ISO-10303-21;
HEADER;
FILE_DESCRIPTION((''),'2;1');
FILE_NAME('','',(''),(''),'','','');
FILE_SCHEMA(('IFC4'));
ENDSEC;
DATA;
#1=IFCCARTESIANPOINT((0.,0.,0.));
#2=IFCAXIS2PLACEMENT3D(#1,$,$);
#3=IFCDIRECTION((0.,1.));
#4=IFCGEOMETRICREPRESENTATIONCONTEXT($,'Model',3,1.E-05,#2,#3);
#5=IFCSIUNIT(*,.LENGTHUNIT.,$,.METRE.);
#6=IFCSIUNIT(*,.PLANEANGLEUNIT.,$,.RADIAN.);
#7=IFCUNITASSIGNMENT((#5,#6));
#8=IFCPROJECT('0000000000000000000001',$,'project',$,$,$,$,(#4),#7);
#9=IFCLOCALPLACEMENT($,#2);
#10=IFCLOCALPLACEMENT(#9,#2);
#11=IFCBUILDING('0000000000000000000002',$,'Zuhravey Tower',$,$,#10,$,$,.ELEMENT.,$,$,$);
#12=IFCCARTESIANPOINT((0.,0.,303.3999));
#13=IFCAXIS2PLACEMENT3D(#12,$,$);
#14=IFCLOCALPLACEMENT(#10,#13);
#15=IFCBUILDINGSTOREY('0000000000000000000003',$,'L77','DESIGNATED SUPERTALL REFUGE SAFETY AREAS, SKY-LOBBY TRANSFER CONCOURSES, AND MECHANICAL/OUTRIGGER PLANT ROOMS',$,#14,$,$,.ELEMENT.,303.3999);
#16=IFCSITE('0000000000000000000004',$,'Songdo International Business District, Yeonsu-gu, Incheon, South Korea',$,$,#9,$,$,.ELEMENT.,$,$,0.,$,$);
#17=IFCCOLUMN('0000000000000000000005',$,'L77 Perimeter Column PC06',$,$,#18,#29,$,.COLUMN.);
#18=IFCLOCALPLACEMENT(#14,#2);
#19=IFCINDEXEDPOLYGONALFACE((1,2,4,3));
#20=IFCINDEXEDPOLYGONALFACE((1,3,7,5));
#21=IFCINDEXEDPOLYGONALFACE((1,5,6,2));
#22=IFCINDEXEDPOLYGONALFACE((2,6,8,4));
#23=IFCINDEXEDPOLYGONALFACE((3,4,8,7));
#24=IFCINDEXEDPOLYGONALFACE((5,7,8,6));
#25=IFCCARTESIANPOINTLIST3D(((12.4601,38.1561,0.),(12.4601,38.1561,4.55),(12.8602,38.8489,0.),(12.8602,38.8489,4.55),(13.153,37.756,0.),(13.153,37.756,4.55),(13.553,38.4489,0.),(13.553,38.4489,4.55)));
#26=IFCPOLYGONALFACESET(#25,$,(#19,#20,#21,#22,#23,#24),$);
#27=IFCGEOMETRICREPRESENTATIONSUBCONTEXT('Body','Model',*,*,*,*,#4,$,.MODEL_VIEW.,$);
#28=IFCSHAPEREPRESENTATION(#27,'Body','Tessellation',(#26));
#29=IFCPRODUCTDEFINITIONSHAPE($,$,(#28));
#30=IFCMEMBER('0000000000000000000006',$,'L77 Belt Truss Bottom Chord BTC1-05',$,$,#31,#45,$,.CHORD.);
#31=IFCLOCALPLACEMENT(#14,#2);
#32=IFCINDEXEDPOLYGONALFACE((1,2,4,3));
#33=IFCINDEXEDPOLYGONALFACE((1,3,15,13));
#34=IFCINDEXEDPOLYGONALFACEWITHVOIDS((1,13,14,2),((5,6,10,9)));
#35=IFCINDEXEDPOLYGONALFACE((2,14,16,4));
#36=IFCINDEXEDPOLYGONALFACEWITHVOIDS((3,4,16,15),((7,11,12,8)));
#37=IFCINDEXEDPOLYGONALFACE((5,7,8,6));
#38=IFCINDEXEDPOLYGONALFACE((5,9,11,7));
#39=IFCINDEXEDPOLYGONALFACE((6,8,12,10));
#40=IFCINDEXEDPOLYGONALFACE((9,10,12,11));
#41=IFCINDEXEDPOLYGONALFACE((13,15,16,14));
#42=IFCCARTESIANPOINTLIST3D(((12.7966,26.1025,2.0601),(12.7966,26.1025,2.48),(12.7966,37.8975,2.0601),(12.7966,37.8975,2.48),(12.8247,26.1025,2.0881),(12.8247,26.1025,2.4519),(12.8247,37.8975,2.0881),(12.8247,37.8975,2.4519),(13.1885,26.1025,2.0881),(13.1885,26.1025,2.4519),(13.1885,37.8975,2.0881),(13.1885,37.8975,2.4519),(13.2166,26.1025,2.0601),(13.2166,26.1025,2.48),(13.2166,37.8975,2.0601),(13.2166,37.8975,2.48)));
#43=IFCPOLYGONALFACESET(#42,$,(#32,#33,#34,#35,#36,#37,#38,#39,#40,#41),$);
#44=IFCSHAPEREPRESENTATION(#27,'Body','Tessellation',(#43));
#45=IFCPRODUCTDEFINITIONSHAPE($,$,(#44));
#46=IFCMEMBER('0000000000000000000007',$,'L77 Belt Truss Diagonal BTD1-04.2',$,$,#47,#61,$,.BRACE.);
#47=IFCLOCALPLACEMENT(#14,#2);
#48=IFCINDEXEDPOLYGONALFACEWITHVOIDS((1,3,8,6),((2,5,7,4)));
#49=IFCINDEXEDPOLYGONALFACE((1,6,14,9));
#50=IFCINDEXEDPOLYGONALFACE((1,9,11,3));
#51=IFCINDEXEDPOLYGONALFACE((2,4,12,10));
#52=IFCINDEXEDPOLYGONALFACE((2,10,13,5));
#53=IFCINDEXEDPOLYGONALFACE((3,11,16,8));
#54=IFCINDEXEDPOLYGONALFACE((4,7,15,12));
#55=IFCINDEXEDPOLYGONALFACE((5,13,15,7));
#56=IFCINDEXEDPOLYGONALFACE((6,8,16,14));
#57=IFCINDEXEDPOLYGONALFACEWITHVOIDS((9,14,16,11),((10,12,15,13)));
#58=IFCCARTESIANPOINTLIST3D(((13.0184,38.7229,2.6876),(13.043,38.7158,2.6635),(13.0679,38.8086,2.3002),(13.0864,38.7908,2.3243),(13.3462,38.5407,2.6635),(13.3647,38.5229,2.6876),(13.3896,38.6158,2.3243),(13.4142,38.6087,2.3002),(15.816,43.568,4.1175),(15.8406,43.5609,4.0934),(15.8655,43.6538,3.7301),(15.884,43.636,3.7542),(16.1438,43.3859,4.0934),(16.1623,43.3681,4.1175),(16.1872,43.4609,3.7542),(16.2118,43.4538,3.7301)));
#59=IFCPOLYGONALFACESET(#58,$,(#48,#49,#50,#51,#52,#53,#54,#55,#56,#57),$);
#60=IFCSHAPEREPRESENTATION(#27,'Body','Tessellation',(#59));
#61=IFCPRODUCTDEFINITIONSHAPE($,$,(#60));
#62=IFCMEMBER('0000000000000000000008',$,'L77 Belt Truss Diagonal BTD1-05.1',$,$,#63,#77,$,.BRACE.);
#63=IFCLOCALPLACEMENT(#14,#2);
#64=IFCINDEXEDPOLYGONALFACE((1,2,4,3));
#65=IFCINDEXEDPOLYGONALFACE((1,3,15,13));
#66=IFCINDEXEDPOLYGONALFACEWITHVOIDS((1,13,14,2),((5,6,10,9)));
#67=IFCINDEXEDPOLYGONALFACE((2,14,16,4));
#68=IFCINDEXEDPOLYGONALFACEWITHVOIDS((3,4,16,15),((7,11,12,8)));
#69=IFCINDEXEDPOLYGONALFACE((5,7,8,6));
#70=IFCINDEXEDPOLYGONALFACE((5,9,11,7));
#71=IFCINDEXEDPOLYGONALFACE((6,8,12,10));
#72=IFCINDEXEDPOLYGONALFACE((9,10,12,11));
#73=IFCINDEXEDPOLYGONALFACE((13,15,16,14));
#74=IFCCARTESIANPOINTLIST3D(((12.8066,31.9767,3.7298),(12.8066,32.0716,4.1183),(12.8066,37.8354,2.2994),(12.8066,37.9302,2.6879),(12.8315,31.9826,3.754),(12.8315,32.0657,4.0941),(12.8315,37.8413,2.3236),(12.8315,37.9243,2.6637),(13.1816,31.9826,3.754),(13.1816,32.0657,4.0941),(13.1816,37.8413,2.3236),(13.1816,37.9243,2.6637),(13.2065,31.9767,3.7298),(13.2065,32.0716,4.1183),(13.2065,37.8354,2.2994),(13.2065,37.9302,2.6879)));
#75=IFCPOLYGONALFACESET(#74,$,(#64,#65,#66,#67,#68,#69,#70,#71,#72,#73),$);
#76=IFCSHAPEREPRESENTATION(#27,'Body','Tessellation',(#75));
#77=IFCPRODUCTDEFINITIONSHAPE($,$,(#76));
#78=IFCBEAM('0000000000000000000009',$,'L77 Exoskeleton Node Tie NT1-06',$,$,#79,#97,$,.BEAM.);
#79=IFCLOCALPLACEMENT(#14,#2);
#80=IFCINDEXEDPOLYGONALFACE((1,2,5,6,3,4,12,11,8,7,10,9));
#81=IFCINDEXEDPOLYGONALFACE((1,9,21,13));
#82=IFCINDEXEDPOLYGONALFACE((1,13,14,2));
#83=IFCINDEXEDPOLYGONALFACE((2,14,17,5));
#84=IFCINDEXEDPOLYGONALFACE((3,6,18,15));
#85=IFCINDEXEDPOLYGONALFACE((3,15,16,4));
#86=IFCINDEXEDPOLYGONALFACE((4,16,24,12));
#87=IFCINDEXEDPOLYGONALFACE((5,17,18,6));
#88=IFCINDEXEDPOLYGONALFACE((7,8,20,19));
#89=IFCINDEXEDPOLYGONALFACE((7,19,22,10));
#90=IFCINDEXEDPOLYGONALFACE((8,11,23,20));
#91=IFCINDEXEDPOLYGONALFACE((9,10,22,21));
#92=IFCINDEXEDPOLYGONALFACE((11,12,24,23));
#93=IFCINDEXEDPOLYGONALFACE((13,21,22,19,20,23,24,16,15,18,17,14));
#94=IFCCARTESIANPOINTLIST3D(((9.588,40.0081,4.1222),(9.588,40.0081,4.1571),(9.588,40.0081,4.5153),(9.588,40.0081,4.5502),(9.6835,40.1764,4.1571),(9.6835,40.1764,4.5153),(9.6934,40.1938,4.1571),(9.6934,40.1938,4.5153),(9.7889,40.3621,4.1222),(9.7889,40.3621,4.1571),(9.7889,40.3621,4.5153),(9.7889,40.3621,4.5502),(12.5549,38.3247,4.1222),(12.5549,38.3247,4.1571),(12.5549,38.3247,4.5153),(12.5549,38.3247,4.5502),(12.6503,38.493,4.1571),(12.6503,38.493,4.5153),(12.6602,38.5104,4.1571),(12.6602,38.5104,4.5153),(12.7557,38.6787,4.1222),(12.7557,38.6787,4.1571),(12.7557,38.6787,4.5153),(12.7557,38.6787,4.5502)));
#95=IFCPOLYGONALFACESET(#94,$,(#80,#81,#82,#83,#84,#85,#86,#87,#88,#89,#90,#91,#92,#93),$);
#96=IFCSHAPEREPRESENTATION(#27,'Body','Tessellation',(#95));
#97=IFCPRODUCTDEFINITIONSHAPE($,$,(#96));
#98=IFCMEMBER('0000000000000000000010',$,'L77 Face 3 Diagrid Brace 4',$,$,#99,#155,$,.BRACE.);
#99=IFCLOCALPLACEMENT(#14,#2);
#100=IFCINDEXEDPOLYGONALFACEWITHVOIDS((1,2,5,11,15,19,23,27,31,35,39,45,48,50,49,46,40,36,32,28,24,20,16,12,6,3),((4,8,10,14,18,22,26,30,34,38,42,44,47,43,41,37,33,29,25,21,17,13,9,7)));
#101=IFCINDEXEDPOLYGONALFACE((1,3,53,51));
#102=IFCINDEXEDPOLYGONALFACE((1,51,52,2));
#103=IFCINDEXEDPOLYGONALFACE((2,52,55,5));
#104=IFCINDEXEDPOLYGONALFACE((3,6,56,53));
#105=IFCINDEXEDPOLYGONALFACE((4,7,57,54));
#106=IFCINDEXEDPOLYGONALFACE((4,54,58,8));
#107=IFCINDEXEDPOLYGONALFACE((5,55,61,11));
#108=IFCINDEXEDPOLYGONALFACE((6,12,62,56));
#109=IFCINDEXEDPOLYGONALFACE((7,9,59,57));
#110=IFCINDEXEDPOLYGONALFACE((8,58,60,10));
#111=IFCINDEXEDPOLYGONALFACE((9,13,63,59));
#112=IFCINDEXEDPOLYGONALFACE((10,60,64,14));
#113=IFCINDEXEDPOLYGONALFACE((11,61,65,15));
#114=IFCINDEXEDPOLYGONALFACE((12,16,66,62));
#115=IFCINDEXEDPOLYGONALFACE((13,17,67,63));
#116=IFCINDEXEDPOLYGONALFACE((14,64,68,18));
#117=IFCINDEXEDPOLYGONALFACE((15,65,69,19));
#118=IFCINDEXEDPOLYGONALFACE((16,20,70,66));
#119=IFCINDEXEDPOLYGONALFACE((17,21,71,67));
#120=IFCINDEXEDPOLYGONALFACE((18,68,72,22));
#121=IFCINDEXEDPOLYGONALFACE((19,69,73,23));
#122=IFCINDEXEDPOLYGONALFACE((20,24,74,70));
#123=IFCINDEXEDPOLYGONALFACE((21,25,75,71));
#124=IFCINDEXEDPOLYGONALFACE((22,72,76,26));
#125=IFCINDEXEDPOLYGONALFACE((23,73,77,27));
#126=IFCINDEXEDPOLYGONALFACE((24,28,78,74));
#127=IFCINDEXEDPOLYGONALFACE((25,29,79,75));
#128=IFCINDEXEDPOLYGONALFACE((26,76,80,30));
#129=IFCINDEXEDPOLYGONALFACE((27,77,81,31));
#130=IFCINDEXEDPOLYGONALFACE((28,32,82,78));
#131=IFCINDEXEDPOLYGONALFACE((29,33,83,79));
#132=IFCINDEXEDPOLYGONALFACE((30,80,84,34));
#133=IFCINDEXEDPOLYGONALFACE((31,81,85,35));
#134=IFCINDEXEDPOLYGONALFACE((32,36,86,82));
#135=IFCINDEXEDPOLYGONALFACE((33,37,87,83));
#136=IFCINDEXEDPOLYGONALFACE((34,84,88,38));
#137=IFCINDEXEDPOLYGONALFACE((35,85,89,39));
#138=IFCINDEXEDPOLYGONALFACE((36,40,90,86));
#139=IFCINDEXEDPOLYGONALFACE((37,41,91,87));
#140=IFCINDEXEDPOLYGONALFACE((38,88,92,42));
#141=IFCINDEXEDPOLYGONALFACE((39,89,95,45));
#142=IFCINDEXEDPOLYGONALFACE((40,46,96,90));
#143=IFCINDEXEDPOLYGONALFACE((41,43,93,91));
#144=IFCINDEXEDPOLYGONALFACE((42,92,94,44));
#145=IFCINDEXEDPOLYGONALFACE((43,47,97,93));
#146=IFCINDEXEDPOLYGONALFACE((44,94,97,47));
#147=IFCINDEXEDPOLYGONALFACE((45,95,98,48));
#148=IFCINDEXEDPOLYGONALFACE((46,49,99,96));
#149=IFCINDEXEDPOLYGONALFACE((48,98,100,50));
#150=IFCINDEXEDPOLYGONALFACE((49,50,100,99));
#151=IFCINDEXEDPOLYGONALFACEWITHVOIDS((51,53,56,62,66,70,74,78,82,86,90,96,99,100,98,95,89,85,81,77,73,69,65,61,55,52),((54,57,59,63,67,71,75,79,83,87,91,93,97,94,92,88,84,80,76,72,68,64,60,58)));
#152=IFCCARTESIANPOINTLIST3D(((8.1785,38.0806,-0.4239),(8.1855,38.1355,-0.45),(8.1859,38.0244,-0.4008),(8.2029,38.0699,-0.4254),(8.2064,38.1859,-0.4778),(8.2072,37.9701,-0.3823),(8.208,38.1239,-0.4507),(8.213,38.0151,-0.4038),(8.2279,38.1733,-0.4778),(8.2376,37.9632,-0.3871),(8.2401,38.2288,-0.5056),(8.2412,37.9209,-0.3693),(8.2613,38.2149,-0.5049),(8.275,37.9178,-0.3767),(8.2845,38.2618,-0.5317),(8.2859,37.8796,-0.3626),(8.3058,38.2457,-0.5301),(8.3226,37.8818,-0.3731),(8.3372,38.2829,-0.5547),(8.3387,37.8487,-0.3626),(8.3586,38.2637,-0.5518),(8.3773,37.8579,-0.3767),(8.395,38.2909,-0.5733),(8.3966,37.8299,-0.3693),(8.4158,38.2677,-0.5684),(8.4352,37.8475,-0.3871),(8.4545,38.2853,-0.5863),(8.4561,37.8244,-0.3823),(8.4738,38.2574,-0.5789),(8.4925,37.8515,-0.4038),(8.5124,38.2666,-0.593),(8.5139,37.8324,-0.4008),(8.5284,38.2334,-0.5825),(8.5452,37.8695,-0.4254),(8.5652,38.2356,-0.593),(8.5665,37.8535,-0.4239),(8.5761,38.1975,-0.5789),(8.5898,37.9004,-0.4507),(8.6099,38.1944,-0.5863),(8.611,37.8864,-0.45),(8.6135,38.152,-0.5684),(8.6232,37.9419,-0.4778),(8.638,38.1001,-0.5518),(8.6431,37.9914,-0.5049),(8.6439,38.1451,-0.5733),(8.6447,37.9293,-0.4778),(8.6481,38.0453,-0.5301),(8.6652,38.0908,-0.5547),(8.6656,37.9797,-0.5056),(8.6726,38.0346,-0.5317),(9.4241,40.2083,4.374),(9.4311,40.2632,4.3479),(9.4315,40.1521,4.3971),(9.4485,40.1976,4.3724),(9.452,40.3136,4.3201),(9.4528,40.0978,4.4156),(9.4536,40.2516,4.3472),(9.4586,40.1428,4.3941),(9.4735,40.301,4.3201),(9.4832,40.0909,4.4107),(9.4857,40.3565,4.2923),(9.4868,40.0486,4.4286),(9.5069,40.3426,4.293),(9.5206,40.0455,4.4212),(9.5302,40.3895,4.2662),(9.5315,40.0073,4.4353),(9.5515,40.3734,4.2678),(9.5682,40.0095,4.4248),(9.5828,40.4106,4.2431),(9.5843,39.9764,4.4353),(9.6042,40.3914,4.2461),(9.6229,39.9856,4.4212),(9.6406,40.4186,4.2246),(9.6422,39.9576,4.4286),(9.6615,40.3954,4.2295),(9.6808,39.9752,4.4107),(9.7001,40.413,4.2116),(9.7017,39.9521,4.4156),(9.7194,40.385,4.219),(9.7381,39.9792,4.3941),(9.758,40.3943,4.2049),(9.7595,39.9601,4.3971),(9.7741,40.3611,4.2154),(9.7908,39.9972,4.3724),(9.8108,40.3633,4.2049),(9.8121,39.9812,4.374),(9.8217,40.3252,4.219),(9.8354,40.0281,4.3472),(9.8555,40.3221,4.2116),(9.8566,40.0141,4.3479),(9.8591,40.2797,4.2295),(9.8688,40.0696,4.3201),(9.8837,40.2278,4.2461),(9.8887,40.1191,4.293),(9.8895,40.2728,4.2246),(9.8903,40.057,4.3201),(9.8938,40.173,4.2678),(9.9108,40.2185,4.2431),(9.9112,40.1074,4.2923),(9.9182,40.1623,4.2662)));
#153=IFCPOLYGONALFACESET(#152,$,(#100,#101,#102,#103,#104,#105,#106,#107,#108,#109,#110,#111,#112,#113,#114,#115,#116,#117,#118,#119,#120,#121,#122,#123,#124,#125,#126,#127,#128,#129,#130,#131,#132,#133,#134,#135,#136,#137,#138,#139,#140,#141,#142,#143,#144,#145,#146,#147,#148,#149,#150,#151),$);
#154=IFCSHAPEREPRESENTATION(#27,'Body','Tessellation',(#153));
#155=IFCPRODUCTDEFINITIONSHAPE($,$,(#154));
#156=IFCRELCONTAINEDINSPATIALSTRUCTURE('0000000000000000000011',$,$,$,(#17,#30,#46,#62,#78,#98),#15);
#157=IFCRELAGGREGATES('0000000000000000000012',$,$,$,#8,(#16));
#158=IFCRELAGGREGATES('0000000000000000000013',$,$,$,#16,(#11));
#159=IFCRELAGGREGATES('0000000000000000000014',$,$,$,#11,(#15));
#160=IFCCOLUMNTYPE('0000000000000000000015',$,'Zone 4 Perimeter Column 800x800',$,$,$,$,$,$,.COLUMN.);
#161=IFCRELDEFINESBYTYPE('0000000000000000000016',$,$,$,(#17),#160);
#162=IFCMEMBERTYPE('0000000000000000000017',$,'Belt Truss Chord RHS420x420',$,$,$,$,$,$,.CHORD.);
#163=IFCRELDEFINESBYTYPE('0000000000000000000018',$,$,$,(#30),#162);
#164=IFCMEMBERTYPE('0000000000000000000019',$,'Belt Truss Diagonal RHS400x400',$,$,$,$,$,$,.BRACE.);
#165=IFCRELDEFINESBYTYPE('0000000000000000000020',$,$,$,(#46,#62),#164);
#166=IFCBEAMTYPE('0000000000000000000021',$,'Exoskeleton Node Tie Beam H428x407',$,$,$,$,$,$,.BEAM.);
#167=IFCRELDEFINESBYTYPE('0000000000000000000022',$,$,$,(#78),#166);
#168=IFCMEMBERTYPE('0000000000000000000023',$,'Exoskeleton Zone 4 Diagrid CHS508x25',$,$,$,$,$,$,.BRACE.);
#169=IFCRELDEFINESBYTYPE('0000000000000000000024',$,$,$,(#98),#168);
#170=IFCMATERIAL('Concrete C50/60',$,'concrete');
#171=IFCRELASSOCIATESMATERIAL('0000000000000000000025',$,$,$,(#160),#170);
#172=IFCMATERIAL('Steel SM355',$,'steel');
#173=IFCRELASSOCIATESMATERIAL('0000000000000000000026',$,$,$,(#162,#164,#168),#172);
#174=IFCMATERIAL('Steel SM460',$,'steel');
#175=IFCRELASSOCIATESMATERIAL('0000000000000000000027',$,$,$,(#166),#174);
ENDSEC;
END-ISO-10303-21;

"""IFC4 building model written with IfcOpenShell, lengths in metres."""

from ifc_helpers import new_model, si_unit, direction, frame, origin, origin_2d, place, context, subcontext, project, spatial, rectangle, hollow_rectangle, hollow_circle, i_section, extrude, material, material_profile, profile_set, type_object, element, save


model = new_model("IFC4")

# Units and contexts
model_context = context("Model", 3, precision=1e-05, world=origin(), true_north=direction((0.0, 1.0)))
body_context = subcontext(model_context, "Body", "Model", "MODEL_VIEW")
ifc_project = project(units=[si_unit("LENGTHUNIT", "METRE"), si_unit("PLANEANGLEUNIT", "RADIAN")], contexts=[model_context])

# Site, building, storey
site_placement = place(None, origin())
site = spatial("IfcSite", under=ifc_project, at=site_placement, Name="Songdo International Business District, Yeonsu-gu, Incheon, South Korea", CompositionType="ELEMENT", RefElevation=0.0)
building_placement = place(site_placement, origin())
building = spatial("IfcBuilding", under=site, at=building_placement, Name="Zuhravey Tower", CompositionType="ELEMENT")
storey_placement = place(building_placement, frame((0.0, 0.0, 303.3999)))
storey = spatial("IfcBuildingStorey", under=building, at=storey_placement, Name="L77", Description="DESIGNATED SUPERTALL REFUGE SAFETY AREAS, SKY-LOBBY TRANSFER CONCOURSES, AND MECHANICAL/OUTRIGGER PLANT ROOMS", CompositionType="ELEMENT", Elevation=303.3999)

# Column
ifc_material_1 = material(Name="Concrete C50/60", Category="concrete")
ifc_material_profile_1 = material_profile(ifc_material_1, rectangle(XDim=0.8, YDim=0.8, at=origin_2d()), Name="RC-800x800")
ifc_profile_set_1 = profile_set([ifc_material_profile_1], Name="Concrete C50/60")
column_type = type_object("IfcColumnType", Name="Zone 4 Perimeter Column 800x800", PredefinedType="COLUMN", material=ifc_profile_set_1)
column_placement = place(storey_placement, frame((13.0066, 38.3025, 0.0), z_axis=(0.0, 0.0, 1.0), x_axis=(-0.5, -0.866025, 0.0)))
element("IfcColumn", 1, at=column_placement, inside=storey, type_object=column_type, Name="L77 Perimeter Column PC06", PredefinedType="COLUMN", context=body_context, shape_type="SweptSolid", body=[
    extrude(rectangle(XDim=0.8, YDim=0.8, at=origin_2d()), origin(), (0.0, 0.0, 1.0), 4.55),
])

# Members
ifc_material_2 = material(Name="Steel SM355", Category="steel")
ifc_material_profile_2 = material_profile(ifc_material_2, hollow_rectangle(XDim=0.4199, YDim=0.4199, WallThickness=0.0281, at=origin_2d()), Name="RHS-420x420x28")
ifc_profile_set_2 = profile_set([ifc_material_profile_2], Name="Steel SM355")
member_type_1 = type_object("IfcMemberType", Name="Belt Truss Chord RHS420x420", PredefinedType="CHORD", material=ifc_profile_set_2)
member_1_placement = place(storey_placement, frame((13.0066, 37.8975, 2.27), z_axis=(0.0, -1.0, 0.0), x_axis=(1.0, 0.0, 0.0)))
element("IfcMember", 2, at=member_1_placement, inside=storey, type_object=member_type_1, Name="L77 Belt Truss Bottom Chord BTC1-05", PredefinedType="CHORD", context=body_context, shape_type="SweptSolid", body=[
    extrude(hollow_rectangle(XDim=0.4199, YDim=0.4199, WallThickness=0.0281, at=origin_2d()), origin(), (0.0, 0.0, 1.0), 11.7949),
])
ifc_material_profile_3 = material_profile(ifc_material_2, hollow_rectangle(XDim=0.3999, YDim=0.3999, WallThickness=0.0249, at=origin_2d()), Name="RHS-400x400x25")
ifc_profile_set_3 = profile_set([ifc_material_profile_3], Name="Steel SM355")
member_type_2 = type_object("IfcMemberType", Name="Belt Truss Diagonal RHS400x400", PredefinedType="BRACE", material=ifc_profile_set_3)
member_2_placement = place(storey_placement, frame((13.2163, 38.6658, 2.4939), z_axis=(0.484457, 0.839039, 0.247619), x_axis=(-0.866008, 0.50003, 0.0)))
element("IfcMember", 3, at=member_2_placement, inside=storey, type_object=member_type_2, Name="L77 Belt Truss Diagonal BTD1-04.2", PredefinedType="BRACE", context=body_context, shape_type="SweptSolid", body=[
    extrude(hollow_rectangle(XDim=0.3999, YDim=0.3999, WallThickness=0.0249, at=origin_2d()), origin(), (0.0, 0.0, 1.0), 5.7747),
])
member_3_placement = place(storey_placement, frame((13.0066, 37.8828, 2.4937), z_axis=(0.0, -0.971464, 0.237188), x_axis=(1.0, 0.0, 0.0)))
element("IfcMember", 4, at=member_3_placement, inside=storey, type_object=member_type_2, Name="L77 Belt Truss Diagonal BTD1-05.1", PredefinedType="BRACE", context=body_context, shape_type="SweptSolid", body=[
    extrude(hollow_rectangle(XDim=0.3999, YDim=0.3999, WallThickness=0.0249, at=origin_2d()), origin(), (0.0, 0.0, 1.0), 6.0308),
])

# Beam
ifc_material_3 = material(Name="Steel SM460", Category="steel")
ifc_material_profile_4 = material_profile(ifc_material_3, i_section(OverallWidth=0.407, OverallDepth=0.428, WebThickness=0.02, FlangeThickness=0.0349, at=origin_2d()), Name="H-428x407x20x35")
ifc_profile_set_4 = profile_set([ifc_material_profile_4], Name="Steel SM460")
beam_type_1 = type_object("IfcBeamType", Name="Exoskeleton Node Tie Beam H428x407", PredefinedType="BEAM", material=ifc_profile_set_4)
beam_1_placement = place(storey_placement, frame((12.6553, 38.5017, 4.3362), z_axis=(-0.86975, 0.493493, 0.0), x_axis=(-0.493493, -0.86975, 0.0)))
element("IfcBeam", 5, at=beam_1_placement, inside=storey, type_object=beam_type_1, Name="L77 Exoskeleton Node Tie NT1-06", PredefinedType="BEAM", context=body_context, shape_type="SweptSolid", body=[
    extrude(i_section(OverallWidth=0.407, OverallDepth=0.428, WebThickness=0.02, FlangeThickness=0.0349, at=origin_2d()), origin(), (0.0, 0.0, 1.0), 3.4111),
])

# Member
ifc_material_profile_5 = material_profile(ifc_material_2, hollow_circle(Radius=0.2539, WallThickness=0.0249, at=origin_2d()), Name="CHS-508.0x25")
ifc_profile_set_5 = profile_set([ifc_material_profile_5], Name="Steel SM355")
member_type_3 = type_object("IfcMemberType", Name="Exoskeleton Zone 4 Diagrid CHS508x25", PredefinedType="BRACE", material=ifc_profile_set_5)
member_4_placement = place(storey_placement, frame((8.4255, 38.0576, -0.4778), z_axis=(0.230913, 0.394436, 0.889438), x_axis=(-0.862991, 0.505219, 0.0)))
element("IfcMember", 6, at=member_4_placement, inside=storey, type_object=member_type_3, Name="L77 Face 3 Diagrid Brace 4", PredefinedType="BRACE", context=body_context, shape_type="SweptSolid", body=[
    extrude(hollow_circle(Radius=0.2539, WallThickness=0.0249, at=origin_2d()), origin(), (0.0, 0.0, 1.0), 5.3943),
])

save(model, "model.ifc")
